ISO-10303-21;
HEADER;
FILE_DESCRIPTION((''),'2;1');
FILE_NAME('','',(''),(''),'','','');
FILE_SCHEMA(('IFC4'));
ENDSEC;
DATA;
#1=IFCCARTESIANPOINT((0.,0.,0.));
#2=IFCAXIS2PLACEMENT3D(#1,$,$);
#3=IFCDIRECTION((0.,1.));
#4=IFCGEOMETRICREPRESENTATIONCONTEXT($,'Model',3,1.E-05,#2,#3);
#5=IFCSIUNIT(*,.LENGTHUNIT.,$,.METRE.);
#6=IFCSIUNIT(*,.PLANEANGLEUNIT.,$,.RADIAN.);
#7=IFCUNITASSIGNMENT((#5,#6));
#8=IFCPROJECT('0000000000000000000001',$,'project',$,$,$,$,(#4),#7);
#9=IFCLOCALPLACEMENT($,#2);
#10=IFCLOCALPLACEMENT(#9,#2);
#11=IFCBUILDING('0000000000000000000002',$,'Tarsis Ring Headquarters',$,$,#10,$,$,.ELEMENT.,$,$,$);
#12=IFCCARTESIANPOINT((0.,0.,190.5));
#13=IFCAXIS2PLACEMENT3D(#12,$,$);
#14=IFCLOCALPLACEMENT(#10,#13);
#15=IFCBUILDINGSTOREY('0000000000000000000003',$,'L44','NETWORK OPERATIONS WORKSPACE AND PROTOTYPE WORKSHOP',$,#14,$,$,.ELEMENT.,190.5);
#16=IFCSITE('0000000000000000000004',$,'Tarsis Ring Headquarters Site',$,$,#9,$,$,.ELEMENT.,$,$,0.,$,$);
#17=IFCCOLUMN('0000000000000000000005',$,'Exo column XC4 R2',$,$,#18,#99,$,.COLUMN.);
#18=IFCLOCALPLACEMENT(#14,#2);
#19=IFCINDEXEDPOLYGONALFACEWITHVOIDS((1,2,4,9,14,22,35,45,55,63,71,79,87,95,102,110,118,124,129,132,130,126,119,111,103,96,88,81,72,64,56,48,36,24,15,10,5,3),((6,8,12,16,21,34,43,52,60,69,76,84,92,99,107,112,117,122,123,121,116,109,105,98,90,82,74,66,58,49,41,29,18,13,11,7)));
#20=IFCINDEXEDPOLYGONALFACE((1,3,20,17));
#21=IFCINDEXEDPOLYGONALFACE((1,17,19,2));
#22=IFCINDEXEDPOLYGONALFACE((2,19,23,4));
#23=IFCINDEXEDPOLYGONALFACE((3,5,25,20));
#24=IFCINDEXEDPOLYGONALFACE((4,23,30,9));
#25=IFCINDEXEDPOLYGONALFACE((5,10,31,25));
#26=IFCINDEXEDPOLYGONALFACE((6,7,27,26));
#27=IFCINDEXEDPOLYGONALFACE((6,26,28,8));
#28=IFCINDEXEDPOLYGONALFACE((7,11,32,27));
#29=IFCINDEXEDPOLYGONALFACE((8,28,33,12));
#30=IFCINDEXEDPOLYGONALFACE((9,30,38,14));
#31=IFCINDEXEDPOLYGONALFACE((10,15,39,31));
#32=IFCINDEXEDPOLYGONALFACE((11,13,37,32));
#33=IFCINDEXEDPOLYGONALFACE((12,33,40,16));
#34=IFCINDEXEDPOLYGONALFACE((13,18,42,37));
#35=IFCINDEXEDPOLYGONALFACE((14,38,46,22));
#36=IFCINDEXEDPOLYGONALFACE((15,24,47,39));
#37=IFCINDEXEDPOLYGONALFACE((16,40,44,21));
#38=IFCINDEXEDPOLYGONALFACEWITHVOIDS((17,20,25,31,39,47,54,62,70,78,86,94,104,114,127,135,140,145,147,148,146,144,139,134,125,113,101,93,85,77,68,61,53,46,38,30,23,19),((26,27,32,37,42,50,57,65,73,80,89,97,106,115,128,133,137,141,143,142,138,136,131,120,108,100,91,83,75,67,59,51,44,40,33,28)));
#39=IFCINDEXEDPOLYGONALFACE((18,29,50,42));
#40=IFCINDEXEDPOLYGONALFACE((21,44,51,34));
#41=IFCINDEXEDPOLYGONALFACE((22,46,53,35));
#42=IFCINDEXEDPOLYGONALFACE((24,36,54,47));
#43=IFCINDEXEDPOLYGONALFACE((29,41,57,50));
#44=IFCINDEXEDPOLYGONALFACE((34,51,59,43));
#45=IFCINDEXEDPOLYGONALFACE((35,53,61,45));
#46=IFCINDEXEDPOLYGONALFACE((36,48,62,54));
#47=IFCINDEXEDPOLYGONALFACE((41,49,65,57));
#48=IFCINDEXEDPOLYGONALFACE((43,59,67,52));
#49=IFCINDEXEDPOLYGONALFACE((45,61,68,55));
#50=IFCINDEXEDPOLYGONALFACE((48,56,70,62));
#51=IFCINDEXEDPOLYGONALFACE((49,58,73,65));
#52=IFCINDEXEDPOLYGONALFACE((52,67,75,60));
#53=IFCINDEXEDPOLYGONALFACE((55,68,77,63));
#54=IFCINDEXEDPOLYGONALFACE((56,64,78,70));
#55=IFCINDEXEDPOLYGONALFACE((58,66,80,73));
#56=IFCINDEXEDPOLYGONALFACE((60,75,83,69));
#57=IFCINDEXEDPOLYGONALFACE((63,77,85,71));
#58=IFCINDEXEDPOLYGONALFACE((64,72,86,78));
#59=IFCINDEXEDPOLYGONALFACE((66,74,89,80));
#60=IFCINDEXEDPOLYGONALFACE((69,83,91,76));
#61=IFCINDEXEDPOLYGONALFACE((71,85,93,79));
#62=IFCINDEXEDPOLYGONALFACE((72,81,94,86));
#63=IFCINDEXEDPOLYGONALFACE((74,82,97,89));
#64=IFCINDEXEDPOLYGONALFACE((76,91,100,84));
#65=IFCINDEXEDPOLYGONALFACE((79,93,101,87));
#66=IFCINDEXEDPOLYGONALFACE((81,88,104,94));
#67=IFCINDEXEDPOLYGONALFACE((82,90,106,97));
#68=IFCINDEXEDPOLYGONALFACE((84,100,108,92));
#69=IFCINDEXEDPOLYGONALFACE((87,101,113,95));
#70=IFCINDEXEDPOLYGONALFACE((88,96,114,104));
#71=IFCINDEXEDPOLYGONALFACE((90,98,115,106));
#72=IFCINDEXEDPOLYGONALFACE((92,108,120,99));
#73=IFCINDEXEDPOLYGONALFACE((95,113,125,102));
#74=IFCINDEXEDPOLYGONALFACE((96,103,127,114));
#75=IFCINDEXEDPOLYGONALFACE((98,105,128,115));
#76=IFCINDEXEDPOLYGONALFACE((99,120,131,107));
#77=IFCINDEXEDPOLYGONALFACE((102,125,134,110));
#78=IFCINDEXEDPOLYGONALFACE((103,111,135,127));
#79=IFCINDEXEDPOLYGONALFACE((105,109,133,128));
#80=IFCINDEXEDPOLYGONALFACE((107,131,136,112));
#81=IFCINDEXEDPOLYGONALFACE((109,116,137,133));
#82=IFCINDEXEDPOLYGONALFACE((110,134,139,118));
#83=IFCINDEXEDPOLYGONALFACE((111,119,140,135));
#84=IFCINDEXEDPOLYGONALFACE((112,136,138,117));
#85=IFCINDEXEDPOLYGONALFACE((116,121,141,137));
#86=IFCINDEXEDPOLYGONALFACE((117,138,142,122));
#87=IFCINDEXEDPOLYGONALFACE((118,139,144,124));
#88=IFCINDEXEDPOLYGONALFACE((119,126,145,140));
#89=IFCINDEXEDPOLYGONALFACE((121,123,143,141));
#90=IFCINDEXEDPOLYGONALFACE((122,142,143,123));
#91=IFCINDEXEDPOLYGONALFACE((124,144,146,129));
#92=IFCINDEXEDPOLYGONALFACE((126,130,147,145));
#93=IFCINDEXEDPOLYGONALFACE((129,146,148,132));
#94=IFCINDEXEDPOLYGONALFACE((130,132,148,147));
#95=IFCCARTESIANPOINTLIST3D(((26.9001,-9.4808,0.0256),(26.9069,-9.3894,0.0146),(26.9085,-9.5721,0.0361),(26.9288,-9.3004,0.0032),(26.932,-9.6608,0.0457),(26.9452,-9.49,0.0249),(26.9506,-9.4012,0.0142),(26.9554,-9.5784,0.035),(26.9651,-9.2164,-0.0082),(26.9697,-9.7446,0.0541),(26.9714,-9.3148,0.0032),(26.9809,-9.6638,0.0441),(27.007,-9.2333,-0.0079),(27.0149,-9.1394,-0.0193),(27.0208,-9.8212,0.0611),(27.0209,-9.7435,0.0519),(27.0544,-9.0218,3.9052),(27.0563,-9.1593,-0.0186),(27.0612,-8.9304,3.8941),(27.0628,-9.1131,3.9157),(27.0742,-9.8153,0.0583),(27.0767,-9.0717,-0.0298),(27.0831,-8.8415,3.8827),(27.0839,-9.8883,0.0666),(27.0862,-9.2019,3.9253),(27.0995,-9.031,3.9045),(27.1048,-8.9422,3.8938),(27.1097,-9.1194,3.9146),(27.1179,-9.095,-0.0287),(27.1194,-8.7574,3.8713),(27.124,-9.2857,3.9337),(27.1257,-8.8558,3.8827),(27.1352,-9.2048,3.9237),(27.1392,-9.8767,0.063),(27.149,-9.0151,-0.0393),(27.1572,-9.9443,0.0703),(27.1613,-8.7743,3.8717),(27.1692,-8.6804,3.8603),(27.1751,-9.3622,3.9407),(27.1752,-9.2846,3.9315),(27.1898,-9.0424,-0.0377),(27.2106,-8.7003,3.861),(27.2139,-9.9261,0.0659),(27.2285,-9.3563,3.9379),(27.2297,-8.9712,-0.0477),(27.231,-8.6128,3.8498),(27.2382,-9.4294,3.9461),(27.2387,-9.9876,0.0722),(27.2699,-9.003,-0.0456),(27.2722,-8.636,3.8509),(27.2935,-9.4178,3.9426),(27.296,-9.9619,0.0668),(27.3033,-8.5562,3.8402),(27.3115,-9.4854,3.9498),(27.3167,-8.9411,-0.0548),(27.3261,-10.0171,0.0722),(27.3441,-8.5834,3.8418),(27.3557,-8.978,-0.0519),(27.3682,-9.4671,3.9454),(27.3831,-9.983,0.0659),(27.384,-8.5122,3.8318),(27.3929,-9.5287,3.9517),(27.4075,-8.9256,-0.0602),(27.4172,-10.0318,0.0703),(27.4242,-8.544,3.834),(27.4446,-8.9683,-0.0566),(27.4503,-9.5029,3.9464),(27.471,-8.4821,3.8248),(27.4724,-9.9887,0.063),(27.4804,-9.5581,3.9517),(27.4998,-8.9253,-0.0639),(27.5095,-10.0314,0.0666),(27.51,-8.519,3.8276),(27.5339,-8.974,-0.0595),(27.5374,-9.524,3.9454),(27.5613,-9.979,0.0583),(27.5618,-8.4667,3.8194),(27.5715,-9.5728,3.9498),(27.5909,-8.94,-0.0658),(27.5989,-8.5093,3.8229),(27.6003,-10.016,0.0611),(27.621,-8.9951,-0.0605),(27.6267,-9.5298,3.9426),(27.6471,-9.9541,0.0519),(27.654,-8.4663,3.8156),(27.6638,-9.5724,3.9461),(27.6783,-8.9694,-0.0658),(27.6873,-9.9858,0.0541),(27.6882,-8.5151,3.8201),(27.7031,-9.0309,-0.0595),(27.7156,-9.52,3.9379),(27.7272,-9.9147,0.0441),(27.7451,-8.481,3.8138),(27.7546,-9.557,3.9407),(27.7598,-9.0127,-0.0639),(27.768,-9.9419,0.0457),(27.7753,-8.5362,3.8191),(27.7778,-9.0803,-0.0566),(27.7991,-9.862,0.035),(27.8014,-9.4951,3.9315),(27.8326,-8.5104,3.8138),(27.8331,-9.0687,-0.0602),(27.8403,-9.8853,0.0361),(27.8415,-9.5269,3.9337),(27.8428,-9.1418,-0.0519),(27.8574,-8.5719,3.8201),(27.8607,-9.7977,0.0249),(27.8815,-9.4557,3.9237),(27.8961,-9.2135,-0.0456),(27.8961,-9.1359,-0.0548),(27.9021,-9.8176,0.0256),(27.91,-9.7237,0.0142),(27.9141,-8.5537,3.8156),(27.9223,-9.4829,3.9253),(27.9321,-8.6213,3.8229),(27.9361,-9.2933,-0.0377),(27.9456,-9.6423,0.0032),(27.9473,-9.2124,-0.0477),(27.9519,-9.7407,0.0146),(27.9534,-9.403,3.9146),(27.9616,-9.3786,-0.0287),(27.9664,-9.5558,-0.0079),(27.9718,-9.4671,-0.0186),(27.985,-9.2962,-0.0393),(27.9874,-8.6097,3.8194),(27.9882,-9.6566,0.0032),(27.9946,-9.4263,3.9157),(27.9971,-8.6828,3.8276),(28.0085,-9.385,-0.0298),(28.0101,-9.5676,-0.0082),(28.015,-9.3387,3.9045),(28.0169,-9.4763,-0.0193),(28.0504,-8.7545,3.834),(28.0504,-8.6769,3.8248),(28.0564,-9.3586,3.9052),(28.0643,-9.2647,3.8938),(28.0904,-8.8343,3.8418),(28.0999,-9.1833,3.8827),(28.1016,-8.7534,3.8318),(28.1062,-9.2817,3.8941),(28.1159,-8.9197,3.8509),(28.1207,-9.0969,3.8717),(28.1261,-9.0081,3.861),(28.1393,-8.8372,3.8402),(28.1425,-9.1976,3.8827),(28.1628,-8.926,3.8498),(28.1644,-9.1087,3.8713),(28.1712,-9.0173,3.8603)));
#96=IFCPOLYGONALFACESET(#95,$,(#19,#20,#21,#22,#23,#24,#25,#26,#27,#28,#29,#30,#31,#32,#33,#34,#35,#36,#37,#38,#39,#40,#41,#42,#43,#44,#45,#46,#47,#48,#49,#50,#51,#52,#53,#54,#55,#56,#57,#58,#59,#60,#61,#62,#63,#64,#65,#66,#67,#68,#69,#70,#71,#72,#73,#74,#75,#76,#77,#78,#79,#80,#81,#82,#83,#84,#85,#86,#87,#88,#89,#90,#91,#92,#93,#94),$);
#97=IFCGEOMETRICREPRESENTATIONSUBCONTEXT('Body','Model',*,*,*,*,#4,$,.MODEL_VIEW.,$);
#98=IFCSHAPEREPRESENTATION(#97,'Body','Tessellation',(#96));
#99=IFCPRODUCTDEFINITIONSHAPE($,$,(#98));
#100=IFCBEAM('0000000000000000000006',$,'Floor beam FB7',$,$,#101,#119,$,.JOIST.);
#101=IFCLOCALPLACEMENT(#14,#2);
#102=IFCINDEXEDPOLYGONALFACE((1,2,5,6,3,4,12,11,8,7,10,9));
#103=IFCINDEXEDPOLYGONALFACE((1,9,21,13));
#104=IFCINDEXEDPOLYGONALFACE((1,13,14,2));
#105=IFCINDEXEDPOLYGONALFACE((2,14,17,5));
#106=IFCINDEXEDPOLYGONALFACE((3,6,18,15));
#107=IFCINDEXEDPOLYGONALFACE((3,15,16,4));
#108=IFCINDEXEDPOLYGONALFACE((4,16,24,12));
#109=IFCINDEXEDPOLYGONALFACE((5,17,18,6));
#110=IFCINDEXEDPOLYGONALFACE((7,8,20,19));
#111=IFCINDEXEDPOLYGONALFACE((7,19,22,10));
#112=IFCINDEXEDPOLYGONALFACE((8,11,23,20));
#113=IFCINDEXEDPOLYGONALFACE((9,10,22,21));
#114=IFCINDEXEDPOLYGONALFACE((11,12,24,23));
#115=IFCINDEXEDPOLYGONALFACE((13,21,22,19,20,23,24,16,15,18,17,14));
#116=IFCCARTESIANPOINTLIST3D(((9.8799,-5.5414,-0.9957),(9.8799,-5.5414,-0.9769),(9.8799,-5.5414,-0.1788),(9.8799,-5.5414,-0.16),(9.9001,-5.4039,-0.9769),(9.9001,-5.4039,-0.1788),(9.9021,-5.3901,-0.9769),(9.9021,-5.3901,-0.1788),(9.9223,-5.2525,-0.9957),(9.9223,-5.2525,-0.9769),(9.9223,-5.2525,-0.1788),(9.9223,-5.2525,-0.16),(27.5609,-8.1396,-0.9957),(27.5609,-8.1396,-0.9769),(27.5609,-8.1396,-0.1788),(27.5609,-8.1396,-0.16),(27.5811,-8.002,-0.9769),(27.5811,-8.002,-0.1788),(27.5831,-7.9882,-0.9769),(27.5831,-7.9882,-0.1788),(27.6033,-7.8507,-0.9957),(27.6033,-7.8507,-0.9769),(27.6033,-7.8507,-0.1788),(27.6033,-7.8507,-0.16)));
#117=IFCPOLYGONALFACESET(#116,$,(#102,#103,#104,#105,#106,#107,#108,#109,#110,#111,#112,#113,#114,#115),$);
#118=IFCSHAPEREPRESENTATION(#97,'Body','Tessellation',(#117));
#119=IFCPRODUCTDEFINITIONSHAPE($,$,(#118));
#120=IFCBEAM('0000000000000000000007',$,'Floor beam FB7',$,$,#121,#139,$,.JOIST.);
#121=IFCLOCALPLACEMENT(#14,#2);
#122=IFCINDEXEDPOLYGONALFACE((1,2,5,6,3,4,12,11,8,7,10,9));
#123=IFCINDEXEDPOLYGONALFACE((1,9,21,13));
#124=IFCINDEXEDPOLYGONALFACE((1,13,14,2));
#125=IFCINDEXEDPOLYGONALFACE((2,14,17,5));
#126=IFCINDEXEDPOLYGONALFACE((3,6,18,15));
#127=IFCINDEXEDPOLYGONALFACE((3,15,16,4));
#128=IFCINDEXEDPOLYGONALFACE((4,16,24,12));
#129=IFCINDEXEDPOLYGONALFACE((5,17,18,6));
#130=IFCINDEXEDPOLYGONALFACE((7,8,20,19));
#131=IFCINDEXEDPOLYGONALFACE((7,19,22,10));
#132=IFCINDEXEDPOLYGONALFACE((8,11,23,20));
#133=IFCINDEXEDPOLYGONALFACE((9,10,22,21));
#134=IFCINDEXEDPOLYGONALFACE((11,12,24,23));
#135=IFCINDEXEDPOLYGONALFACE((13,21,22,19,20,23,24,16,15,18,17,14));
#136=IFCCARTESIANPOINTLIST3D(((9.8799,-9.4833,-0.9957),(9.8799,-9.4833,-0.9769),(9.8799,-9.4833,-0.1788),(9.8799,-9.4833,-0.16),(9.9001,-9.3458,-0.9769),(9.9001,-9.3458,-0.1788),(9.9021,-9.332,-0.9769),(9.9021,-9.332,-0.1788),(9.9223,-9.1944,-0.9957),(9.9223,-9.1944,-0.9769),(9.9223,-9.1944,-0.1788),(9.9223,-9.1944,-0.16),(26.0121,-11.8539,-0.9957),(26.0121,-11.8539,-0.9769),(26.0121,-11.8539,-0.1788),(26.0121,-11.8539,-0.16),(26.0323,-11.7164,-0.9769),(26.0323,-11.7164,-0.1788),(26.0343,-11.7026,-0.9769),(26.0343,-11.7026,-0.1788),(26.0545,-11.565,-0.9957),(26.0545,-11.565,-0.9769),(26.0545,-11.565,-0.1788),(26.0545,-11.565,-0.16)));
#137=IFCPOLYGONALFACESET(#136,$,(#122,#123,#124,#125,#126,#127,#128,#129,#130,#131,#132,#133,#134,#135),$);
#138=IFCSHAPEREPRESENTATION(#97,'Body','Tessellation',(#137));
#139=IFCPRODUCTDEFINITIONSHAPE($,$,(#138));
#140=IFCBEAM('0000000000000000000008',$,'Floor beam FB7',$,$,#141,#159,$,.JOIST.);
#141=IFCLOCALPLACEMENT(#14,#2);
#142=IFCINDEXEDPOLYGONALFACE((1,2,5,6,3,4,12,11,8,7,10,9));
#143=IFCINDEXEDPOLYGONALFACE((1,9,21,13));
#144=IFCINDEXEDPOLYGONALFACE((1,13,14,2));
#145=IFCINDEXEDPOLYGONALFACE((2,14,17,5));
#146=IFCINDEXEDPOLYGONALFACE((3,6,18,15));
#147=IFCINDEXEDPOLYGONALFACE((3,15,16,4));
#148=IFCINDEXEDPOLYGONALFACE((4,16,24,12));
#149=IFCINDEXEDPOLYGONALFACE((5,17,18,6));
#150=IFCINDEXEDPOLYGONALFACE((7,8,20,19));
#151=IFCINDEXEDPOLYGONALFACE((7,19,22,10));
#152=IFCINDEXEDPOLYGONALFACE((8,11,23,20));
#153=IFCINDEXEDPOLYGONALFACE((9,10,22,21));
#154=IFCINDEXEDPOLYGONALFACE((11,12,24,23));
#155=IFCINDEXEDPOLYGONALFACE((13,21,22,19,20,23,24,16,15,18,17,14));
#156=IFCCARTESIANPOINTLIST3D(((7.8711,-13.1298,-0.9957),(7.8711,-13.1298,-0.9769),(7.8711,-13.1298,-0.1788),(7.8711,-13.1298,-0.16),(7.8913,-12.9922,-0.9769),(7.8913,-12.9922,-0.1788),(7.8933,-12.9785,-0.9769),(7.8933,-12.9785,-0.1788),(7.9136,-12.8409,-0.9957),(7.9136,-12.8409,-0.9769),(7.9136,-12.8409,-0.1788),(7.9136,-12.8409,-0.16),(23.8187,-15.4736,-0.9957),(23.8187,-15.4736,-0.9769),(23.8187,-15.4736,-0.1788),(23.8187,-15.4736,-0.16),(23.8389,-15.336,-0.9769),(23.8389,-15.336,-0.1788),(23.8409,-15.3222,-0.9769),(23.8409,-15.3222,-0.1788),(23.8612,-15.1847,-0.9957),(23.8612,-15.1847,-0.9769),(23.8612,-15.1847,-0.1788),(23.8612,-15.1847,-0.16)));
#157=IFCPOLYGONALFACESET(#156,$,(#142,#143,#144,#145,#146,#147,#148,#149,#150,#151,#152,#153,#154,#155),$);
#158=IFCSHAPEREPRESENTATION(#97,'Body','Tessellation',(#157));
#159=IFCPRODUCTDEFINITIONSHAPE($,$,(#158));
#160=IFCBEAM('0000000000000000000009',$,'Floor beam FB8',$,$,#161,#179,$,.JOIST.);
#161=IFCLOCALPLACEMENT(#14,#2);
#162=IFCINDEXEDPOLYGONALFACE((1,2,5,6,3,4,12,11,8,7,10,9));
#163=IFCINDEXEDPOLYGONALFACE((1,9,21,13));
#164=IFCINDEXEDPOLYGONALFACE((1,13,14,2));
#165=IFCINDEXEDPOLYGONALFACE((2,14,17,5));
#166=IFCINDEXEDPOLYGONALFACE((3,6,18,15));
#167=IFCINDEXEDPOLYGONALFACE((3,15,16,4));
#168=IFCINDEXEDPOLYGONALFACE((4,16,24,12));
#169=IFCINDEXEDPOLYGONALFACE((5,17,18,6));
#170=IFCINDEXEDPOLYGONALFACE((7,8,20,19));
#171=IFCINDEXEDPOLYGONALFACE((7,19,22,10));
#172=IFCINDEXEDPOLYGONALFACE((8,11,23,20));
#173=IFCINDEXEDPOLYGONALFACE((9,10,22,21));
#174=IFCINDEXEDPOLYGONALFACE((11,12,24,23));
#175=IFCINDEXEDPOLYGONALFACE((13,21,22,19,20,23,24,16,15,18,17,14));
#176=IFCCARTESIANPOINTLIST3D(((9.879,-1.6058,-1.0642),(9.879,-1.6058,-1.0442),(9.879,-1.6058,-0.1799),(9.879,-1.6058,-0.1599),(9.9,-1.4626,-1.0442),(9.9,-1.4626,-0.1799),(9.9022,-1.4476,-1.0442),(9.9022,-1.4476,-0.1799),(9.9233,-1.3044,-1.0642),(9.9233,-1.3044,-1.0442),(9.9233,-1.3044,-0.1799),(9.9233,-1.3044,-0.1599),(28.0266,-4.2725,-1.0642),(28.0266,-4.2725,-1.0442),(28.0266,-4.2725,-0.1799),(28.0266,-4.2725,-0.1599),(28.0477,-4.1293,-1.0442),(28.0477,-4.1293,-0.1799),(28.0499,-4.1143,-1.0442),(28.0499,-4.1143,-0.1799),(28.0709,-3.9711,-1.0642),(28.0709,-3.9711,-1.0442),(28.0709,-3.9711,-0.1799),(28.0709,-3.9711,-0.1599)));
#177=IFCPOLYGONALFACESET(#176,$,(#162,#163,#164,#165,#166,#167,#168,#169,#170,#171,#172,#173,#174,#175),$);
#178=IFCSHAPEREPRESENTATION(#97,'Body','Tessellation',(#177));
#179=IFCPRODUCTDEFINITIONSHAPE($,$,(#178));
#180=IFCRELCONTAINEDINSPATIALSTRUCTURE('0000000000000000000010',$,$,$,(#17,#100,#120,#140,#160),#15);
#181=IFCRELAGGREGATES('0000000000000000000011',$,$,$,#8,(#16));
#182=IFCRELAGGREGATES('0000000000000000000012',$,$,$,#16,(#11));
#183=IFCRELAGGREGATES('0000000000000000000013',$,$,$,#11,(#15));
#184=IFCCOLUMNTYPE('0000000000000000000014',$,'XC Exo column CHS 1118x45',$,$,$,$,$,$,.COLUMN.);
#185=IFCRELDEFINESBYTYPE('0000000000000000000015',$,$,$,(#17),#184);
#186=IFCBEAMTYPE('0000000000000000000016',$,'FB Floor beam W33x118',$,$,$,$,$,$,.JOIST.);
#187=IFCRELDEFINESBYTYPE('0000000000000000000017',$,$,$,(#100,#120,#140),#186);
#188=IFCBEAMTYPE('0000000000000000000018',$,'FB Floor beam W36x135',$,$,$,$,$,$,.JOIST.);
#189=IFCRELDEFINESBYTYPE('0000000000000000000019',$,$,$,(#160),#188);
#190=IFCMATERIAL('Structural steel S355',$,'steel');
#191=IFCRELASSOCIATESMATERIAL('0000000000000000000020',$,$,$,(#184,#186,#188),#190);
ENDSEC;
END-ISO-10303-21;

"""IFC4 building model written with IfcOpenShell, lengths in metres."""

from ifc_helpers import new_model, si_unit, direction, frame, origin, origin_2d, place, context, subcontext, project, spatial, hollow_circle, i_section, extrude, material, material_profile, profile_set, type_object, element, save


model = new_model("IFC4")

# Units and contexts
model_context = context("Model", 3, precision=1e-05, world=origin(), true_north=direction((0.0, 1.0)))
body_context = subcontext(model_context, "Body", "Model", "MODEL_VIEW")
ifc_project = project(units=[si_unit("LENGTHUNIT", "METRE"), si_unit("PLANEANGLEUNIT", "RADIAN")], contexts=[model_context])

# Site, building, storey
site_placement = place(None, origin())
site = spatial("IfcSite", under=ifc_project, at=site_placement, Name="Tarsis Ring Headquarters Site", CompositionType="ELEMENT", RefElevation=0.0)
building_placement = place(site_placement, origin())
building = spatial("IfcBuilding", under=site, at=building_placement, Name="Tarsis Ring Headquarters", CompositionType="ELEMENT")
storey_placement = place(building_placement, frame((0.0, 0.0, 190.5)))
storey = spatial("IfcBuildingStorey", under=building, at=storey_placement, Name="L44", Description="NETWORK OPERATIONS WORKSPACE AND PROTOTYPE WORKSHOP", CompositionType="ELEMENT", Elevation=190.5)

# Column
ifc_material_1 = material(Name="Structural steel S355", Category="steel")
ifc_material_profile_1 = material_profile(ifc_material_1, hollow_circle(Radius=0.5588, WallThickness=0.0449, at=origin_2d()), Name="CHS 1118x45")
ifc_profile_set_1 = profile_set([ifc_material_profile_1], Name="Structural steel S355")
column_type = type_object("IfcColumnType", Name="XC Exo column CHS 1118x45", PredefinedType="COLUMN", material=ifc_profile_set_1)
column_placement = place(storey_placement, frame((27.4585, -9.4785, 0.0032), z_axis=(0.039465, 0.117395, 0.992301), x_axis=(-0.947874, 0.318647, 0.0)))
element("IfcColumn", 1, at=column_placement, inside=storey, type_object=column_type, Name="Exo column XC4 R2", PredefinedType="COLUMN", context=body_context, shape_type="SweptSolid", body=[
    extrude(hollow_circle(Radius=0.5588, WallThickness=0.0449, at=origin_2d()), origin(), (0.0, 0.0, 1.0), 3.9097),
])

# Beams
ifc_material_profile_2 = material_profile(ifc_material_1, i_section(OverallWidth=0.292, OverallDepth=0.8357, WebThickness=0.0139, FlangeThickness=0.0188, at=origin_2d()), Name="W33x118")
ifc_profile_set_2 = profile_set([ifc_material_profile_2], Name="Structural steel S355")
beam_type_1 = type_object("IfcBeamType", Name="FB Floor beam W33x118", PredefinedType="JOIST", material=ifc_profile_set_2)
beam_1_placement = place(storey_placement, frame((9.9011, -5.397, -0.5779), z_axis=(0.989375, -0.145385, 0.0), x_axis=(0.145385, 0.989375, 0.0)))
element("IfcBeam", 2, at=beam_1_placement, inside=storey, type_object=beam_type_1, Name="Floor beam FB7", PredefinedType="JOIST", context=body_context, shape_type="SweptSolid", body=[
    extrude(i_section(OverallWidth=0.292, OverallDepth=0.8357, WebThickness=0.0139, FlangeThickness=0.0188, at=origin_2d()), origin(), (0.0, 0.0, 1.0), 17.8708),
])
beam_2_placement = place(storey_placement, frame((9.9011, -9.3389, -0.5779), z_axis=(0.989375, -0.145388, 0.0), x_axis=(0.145388, 0.989375, 0.0)))
element("IfcBeam", 3, at=beam_2_placement, inside=storey, type_object=beam_type_1, Name="Floor beam FB7", PredefinedType="JOIST", context=body_context, shape_type="SweptSolid", body=[
    extrude(i_section(OverallWidth=0.292, OverallDepth=0.8357, WebThickness=0.0139, FlangeThickness=0.0188, at=origin_2d()), origin(), (0.0, 0.0, 1.0), 16.3054),
])
beam_3_placement = place(storey_placement, frame((7.8923, -12.9854, -0.5779), z_axis=(0.989372, -0.145405, 0.0), x_axis=(0.145405, 0.989372, 0.0)))
element("IfcBeam", 4, at=beam_3_placement, inside=storey, type_object=beam_type_1, Name="Floor beam FB7", PredefinedType="JOIST", context=body_context, shape_type="SweptSolid", body=[
    extrude(i_section(OverallWidth=0.292, OverallDepth=0.8357, WebThickness=0.0139, FlangeThickness=0.0188, at=origin_2d()), origin(), (0.0, 0.0, 1.0), 16.1189),
])
ifc_material_profile_3 = material_profile(ifc_material_1, i_section(OverallWidth=0.3047, OverallDepth=0.9043, WebThickness=0.0151, FlangeThickness=0.02, at=origin_2d()), Name="W36x135")
ifc_profile_set_3 = profile_set([ifc_material_profile_3], Name="Structural steel S355")
beam_type_2 = type_object("IfcBeamType", Name="FB Floor beam W36x135", PredefinedType="JOIST", material=ifc_profile_set_3)
beam_4_placement = place(storey_placement, frame((9.9011, -1.4551, -0.6121), z_axis=(0.989375, -0.145386, 0.0), x_axis=(0.145386, 0.989375, 0.0)))
element("IfcBeam", 5, at=beam_4_placement, inside=storey, type_object=beam_type_2, Name="Floor beam FB8", PredefinedType="JOIST", context=body_context, shape_type="SweptSolid", body=[
    extrude(i_section(OverallWidth=0.3047, OverallDepth=0.9043, WebThickness=0.0151, FlangeThickness=0.02, at=origin_2d()), origin(), (0.0, 0.0, 1.0), 18.3425),
])

save(model, "model.ifc")
